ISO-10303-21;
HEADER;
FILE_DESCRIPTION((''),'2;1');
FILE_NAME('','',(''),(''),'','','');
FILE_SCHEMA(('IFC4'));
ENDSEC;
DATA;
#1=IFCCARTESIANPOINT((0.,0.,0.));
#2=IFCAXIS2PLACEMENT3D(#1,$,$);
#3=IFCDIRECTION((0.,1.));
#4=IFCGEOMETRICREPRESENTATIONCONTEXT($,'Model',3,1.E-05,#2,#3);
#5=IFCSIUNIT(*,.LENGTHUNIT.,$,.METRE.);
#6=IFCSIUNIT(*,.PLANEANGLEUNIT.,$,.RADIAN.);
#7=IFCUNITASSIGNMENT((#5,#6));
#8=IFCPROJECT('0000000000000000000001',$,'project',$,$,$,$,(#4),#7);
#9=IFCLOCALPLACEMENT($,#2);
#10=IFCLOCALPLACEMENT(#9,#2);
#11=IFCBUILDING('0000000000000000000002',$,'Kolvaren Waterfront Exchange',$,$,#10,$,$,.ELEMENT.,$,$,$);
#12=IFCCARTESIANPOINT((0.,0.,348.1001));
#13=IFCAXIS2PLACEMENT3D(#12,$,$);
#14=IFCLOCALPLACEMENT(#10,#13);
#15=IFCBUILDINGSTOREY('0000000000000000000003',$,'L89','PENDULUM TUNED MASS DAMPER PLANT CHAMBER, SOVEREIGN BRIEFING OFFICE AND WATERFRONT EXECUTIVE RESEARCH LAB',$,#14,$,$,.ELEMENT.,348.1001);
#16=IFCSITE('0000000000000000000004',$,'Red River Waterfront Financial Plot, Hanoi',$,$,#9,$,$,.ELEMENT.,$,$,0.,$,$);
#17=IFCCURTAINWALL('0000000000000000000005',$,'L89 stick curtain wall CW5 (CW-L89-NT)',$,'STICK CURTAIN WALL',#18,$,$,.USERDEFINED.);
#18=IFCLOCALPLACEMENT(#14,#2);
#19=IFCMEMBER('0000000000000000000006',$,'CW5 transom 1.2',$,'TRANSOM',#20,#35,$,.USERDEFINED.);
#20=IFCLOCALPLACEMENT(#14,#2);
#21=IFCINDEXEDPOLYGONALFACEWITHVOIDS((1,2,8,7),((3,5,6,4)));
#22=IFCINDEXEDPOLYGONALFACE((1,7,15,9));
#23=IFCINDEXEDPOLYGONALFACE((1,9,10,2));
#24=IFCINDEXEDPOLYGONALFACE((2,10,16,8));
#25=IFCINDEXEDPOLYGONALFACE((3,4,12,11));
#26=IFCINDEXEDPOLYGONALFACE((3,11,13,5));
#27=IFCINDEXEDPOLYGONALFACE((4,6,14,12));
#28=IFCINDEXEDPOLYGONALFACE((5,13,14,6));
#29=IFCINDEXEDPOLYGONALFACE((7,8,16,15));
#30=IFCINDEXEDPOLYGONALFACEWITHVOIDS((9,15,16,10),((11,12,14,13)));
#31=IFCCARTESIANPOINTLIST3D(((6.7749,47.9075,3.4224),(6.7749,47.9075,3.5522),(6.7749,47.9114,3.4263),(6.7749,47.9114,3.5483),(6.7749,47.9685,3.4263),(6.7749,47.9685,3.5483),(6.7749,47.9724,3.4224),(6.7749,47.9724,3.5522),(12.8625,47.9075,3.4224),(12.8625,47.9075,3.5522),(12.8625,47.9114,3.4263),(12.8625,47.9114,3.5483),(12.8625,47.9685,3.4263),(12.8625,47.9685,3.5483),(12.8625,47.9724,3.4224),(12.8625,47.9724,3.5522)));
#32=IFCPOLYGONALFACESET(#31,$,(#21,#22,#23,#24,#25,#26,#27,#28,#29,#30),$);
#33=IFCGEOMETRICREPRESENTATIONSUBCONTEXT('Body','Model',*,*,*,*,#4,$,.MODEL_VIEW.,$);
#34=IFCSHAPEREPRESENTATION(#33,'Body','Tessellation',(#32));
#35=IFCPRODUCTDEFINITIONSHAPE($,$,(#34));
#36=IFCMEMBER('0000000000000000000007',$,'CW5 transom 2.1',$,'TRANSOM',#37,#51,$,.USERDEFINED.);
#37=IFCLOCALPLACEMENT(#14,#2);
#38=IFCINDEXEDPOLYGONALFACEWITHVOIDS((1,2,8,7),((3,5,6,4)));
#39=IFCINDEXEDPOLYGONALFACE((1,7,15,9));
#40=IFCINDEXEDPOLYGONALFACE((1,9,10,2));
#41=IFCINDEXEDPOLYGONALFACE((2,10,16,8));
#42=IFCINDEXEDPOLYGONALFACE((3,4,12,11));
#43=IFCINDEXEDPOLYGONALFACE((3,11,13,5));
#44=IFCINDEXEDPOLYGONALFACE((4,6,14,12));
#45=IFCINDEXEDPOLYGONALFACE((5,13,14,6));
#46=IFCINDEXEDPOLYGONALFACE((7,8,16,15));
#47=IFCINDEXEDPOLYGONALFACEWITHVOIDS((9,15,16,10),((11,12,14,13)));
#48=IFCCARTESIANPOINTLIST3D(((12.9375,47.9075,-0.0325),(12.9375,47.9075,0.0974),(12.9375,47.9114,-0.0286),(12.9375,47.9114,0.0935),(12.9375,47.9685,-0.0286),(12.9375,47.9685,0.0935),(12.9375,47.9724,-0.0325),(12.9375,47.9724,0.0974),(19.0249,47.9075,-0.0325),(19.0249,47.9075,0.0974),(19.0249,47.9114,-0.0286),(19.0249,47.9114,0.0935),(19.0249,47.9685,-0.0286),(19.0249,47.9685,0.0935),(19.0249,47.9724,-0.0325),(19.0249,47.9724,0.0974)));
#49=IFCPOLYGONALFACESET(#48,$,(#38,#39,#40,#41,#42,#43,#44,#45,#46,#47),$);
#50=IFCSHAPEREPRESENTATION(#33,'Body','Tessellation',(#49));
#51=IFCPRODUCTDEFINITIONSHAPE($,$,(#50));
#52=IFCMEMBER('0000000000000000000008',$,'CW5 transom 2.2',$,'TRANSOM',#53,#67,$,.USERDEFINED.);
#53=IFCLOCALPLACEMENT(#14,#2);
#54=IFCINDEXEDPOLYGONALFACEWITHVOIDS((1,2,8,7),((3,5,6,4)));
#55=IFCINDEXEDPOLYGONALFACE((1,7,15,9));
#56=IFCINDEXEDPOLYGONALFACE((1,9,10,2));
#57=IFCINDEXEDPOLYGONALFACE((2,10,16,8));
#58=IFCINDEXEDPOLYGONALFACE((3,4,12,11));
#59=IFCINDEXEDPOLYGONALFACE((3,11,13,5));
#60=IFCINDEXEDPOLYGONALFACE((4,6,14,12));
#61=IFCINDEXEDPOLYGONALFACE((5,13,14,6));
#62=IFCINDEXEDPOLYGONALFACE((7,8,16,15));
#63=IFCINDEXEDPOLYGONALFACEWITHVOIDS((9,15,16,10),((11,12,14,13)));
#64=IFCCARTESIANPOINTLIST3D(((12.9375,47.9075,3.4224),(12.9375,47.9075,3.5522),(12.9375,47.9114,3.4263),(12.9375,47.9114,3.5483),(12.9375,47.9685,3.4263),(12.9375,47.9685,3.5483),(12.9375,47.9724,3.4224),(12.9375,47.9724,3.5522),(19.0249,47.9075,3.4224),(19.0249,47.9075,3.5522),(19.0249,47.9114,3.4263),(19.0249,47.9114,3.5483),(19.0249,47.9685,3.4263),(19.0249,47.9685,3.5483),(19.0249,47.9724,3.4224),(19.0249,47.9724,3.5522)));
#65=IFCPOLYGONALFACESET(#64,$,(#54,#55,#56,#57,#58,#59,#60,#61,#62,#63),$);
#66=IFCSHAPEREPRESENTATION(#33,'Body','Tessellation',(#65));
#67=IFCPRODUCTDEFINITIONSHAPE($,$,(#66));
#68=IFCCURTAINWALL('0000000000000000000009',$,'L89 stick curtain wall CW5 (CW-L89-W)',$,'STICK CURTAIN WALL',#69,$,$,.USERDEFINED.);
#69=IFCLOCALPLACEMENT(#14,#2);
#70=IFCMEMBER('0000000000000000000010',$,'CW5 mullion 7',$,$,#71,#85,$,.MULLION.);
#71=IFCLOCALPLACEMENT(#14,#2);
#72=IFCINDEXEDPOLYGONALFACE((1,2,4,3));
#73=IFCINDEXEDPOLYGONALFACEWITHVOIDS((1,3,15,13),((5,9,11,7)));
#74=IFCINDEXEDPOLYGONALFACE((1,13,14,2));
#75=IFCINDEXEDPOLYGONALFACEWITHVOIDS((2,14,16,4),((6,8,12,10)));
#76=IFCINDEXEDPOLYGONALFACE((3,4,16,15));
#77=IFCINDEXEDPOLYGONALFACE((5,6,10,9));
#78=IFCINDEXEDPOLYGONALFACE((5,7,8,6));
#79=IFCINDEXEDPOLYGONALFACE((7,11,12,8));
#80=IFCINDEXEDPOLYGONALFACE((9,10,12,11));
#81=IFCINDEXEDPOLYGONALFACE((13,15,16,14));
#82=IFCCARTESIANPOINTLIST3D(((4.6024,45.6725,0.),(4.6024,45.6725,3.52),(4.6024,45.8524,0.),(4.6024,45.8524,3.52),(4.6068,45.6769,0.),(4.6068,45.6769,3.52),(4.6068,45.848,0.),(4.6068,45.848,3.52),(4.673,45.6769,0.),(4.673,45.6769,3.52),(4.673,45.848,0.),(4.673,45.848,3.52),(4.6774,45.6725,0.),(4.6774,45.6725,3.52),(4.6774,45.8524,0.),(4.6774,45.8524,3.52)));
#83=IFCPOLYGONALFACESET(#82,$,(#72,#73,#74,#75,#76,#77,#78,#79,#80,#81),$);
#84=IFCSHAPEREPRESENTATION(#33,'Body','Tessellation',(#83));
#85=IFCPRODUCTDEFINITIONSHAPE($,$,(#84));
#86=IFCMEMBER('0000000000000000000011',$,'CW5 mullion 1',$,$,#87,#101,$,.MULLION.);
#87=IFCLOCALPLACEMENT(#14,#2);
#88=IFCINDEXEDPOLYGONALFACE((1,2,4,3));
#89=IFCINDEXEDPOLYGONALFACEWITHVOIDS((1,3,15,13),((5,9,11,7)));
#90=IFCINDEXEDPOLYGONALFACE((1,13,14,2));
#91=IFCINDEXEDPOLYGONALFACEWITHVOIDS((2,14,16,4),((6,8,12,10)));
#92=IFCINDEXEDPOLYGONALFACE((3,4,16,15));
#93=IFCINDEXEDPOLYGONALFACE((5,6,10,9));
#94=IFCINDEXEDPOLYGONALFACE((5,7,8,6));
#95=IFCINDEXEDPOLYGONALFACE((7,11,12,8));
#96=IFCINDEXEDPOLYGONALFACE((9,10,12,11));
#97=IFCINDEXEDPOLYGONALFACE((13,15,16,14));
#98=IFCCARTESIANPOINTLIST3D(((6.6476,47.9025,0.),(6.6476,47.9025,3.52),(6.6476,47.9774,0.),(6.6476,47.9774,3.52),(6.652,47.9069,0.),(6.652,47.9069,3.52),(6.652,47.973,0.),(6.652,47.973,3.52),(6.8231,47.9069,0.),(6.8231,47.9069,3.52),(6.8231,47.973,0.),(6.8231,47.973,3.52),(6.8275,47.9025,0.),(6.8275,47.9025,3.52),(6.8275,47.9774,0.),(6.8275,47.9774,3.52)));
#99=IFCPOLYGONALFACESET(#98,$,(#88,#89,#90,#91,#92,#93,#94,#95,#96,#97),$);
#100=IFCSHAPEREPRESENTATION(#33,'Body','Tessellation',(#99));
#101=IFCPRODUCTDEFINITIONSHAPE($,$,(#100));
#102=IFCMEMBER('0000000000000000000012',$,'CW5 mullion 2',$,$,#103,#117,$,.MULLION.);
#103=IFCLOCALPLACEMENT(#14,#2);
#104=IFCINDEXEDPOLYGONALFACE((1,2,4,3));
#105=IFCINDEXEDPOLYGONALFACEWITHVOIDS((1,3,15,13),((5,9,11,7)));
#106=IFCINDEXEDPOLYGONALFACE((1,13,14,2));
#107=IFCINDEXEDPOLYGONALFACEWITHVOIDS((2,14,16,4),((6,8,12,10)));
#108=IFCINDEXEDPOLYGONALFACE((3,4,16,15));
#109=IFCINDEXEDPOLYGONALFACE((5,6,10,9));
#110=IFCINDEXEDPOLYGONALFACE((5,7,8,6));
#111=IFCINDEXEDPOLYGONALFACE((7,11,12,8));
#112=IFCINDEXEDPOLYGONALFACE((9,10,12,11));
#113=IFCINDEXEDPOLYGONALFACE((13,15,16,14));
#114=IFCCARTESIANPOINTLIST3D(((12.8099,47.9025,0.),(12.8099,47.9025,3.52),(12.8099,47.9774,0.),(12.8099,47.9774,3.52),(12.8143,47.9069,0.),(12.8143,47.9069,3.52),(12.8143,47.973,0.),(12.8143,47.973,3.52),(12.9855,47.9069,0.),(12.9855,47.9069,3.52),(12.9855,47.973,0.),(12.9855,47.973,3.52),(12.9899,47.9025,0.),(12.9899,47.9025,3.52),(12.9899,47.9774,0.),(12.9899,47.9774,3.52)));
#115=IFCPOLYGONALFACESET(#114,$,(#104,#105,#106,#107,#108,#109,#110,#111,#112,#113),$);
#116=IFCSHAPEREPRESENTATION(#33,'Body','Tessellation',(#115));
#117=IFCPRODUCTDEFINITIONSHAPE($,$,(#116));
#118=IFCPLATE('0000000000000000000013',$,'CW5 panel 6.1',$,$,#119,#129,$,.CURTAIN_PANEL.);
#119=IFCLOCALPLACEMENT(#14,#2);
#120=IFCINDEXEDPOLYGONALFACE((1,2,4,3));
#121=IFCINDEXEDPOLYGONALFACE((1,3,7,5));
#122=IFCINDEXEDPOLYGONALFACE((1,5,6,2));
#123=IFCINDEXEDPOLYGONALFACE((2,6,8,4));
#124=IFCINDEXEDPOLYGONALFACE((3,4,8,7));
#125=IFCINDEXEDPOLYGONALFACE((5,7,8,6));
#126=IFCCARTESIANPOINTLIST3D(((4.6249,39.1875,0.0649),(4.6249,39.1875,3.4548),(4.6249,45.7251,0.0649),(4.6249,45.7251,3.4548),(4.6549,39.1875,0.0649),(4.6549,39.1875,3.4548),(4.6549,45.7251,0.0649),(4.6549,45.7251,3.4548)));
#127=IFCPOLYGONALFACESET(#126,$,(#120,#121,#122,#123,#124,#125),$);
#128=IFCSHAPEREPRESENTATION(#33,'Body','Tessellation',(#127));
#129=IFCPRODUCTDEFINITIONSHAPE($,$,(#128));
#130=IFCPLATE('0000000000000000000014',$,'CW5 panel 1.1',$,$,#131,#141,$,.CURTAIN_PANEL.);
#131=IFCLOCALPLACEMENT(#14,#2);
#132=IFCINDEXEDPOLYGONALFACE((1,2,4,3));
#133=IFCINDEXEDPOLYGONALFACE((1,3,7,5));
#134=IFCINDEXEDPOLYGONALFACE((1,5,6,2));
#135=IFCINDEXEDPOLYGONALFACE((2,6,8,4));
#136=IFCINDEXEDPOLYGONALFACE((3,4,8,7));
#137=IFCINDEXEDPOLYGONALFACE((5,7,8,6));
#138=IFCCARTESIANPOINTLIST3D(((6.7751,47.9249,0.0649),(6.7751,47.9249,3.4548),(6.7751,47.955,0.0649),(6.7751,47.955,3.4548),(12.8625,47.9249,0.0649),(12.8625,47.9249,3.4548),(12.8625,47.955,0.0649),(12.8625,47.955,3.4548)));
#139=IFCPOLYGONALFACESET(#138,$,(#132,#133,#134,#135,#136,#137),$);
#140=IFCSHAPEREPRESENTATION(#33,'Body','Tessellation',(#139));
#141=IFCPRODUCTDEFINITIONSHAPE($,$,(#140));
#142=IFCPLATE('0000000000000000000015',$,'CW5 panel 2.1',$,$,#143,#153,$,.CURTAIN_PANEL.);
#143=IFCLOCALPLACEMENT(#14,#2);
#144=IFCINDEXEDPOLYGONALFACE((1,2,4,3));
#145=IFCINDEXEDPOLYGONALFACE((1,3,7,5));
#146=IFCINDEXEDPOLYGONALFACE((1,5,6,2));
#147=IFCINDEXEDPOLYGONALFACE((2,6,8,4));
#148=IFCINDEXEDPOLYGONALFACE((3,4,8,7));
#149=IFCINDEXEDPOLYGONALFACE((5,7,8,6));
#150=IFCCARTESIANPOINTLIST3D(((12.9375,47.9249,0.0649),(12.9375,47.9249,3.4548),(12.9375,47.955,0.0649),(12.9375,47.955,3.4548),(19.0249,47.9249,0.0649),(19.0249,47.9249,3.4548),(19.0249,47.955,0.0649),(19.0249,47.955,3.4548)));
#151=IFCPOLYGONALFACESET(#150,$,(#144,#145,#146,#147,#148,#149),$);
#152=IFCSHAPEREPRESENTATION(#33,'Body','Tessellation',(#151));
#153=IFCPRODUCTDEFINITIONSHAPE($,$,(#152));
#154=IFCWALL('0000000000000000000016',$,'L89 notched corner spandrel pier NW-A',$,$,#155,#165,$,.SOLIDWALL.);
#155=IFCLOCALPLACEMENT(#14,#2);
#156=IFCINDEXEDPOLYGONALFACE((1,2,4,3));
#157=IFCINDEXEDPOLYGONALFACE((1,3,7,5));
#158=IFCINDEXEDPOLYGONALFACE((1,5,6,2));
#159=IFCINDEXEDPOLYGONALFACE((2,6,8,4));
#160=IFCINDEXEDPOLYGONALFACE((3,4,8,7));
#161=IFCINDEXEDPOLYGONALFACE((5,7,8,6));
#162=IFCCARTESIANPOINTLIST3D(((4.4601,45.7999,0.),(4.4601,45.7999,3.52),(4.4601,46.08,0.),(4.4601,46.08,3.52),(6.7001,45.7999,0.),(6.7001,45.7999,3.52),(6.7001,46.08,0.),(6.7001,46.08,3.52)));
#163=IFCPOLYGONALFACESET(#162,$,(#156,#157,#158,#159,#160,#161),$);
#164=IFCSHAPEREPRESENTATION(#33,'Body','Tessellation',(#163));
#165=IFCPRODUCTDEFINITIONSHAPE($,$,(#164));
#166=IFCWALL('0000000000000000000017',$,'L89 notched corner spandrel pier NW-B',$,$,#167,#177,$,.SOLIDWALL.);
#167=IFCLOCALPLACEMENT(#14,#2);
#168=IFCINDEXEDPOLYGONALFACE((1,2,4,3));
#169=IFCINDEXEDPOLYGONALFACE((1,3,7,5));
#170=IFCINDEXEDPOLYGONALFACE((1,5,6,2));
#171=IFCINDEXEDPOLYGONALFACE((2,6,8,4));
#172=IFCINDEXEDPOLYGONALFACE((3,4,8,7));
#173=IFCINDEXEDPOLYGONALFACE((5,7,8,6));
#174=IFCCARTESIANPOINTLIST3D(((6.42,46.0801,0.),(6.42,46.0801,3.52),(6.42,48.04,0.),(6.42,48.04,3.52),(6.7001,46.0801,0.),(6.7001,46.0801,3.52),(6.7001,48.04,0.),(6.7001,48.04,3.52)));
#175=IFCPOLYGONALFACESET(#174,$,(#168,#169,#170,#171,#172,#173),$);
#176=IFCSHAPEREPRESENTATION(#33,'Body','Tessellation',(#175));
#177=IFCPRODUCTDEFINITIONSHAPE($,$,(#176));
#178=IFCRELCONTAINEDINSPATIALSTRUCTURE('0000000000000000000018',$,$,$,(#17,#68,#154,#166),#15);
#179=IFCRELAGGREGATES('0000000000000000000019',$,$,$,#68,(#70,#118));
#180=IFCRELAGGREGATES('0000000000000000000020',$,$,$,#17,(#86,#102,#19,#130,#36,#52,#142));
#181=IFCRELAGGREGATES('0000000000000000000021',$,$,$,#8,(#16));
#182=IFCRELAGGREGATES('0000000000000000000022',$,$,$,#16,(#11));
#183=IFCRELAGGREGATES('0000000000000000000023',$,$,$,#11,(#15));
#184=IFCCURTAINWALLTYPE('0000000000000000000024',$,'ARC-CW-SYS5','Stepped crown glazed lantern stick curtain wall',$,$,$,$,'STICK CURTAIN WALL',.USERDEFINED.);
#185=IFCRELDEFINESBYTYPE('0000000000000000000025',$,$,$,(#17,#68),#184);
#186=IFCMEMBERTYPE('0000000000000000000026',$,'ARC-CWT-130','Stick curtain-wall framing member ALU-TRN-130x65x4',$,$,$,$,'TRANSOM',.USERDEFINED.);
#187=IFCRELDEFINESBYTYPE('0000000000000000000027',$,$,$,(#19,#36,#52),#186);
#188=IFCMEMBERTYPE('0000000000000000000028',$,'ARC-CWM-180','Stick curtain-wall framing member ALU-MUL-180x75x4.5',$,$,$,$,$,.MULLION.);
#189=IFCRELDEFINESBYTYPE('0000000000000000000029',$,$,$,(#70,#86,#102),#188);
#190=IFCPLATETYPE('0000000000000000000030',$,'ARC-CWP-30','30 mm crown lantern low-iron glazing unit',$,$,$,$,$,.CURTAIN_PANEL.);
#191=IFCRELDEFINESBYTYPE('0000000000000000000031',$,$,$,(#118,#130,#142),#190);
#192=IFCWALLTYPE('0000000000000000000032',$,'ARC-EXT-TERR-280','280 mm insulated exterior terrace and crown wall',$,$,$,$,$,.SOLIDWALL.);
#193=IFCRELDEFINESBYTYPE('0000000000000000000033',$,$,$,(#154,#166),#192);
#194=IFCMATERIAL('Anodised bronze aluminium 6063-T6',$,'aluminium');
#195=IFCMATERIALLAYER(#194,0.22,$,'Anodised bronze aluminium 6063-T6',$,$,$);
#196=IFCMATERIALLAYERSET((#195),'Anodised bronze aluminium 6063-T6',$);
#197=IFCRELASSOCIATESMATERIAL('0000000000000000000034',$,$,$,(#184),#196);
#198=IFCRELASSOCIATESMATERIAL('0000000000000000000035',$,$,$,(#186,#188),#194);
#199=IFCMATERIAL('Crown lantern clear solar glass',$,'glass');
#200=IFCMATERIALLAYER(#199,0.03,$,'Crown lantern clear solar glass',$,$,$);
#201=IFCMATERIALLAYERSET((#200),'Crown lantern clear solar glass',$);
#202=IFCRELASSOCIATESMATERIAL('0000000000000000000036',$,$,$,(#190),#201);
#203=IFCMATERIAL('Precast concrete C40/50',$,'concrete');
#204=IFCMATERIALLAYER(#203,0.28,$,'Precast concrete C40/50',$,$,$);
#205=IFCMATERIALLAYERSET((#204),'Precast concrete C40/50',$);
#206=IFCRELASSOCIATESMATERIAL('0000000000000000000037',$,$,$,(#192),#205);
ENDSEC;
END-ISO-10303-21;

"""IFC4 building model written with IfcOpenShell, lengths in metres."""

from ifc_helpers import new_model, si_unit, direction, frame, frame_2d, origin, origin_with_axes, origin_2d, place, context, subcontext, project, spatial, rectangle, hollow_rectangle, extrude, source, transform, mapped, material, layer, layer_set, material_profile, profile_set, type_object, element, aggregate, save


model = new_model("IFC4")

# Units and contexts
model_context = context("Model", 3, precision=1e-05, world=origin(), true_north=direction((0.0, 1.0)))
body_context = subcontext(model_context, "Body", "Model", "MODEL_VIEW")
ifc_project = project(units=[si_unit("LENGTHUNIT", "METRE"), si_unit("PLANEANGLEUNIT", "RADIAN")], contexts=[model_context])

# Site, building, storey
site_placement = place(None, origin())
site = spatial("IfcSite", under=ifc_project, at=site_placement, Name="Red River Waterfront Financial Plot, Hanoi", CompositionType="ELEMENT", RefElevation=0.0)
building_placement = place(site_placement, origin())
building = spatial("IfcBuilding", under=site, at=building_placement, Name="Kolvaren Waterfront Exchange", CompositionType="ELEMENT")
storey_placement = place(building_placement, frame((0.0, 0.0, 348.1001)))
storey = spatial("IfcBuildingStorey", under=building, at=storey_placement, Name="L89", Description="PENDULUM TUNED MASS DAMPER PLANT CHAMBER, SOVEREIGN BRIEFING OFFICE AND WATERFRONT EXECUTIVE RESEARCH LAB", CompositionType="ELEMENT", Elevation=348.1001)

# Curtain wall, members
ifc_material_1 = material(Name="Anodised bronze aluminium 6063-T6", Category="aluminium")
ifc_layer_1 = layer(ifc_material_1, 0.22, Name="Anodised bronze aluminium 6063-T6")
ifc_layer_set_1 = layer_set([ifc_layer_1], Name="Anodised bronze aluminium 6063-T6")
curtain_wall_type = type_object("IfcCurtainWallType", Name="ARC-CW-SYS5", Description="Stepped crown glazed lantern stick curtain wall", ElementType="STICK CURTAIN WALL", PredefinedType="USERDEFINED", material=ifc_layer_set_1)
curtain_wall_1_placement = place(storey_placement, origin())
curtain_wall_1 = element("IfcCurtainWall", 1, at=curtain_wall_1_placement, inside=storey, type_object=curtain_wall_type, Name="L89 stick curtain wall CW5 (CW-L89-NT)", ObjectType="STICK CURTAIN WALL", PredefinedType="USERDEFINED")
ifc_material_profile_1 = material_profile(ifc_material_1, hollow_rectangle(XDim=0.0649, YDim=0.1299, WallThickness=0.0039, at=origin_2d()), Name="ALU-TRN-130x65x4")
ifc_profile_set_1 = profile_set([ifc_material_profile_1], Name="Anodised bronze aluminium 6063-T6")
member_type_1 = type_object("IfcMemberType", Name="ARC-CWT-130", Description="Stick curtain-wall framing member ALU-TRN-130x65x4", ElementType="TRANSOM", PredefinedType="USERDEFINED", material=ifc_profile_set_1)
shared_shape_1 = source(origin_with_axes(), body_context, "Body", "SweptSolid", [
    extrude(hollow_rectangle(XDim=0.0649, YDim=0.1299, WallThickness=0.0039, at=origin_2d()), origin(), (0.0, 0.0, 1.0), 6.0876),
])
member_1_placement = place(storey_placement, frame((6.7749, 47.9399, 3.4873), z_axis=(1.0, 0.0, 0.0), x_axis=(0.0, 1.0, 0.0)))
member_1 = element("IfcMember", 2, at=member_1_placement, type_object=member_type_1, Name="CW5 transom 1.2", ObjectType="TRANSOM", PredefinedType="USERDEFINED", context=body_context, shape_type="MappedRepresentation", body=[
    mapped(shared_shape_1, transform((0.0, 0.0, 0.0), x_axis=(1.0, 0.0, 0.0), y_axis=(0.0, 1.0, 0.0), z_axis=(0.0, 0.0, 1.0), scale=1.0)),
])
shared_shape_2 = source(origin_with_axes(), body_context, "Body", "SweptSolid", [
    extrude(hollow_rectangle(XDim=0.0649, YDim=0.1299, WallThickness=0.0039, at=origin_2d()), origin(), (0.0, 0.0, 1.0), 6.0874),
])
member_2_placement = place(storey_placement, frame((12.9375, 47.9399, 0.0325), z_axis=(1.0, 0.0, 0.0), x_axis=(0.0, 1.0, 0.0)))
member_2 = element("IfcMember", 3, at=member_2_placement, type_object=member_type_1, Name="CW5 transom 2.1", ObjectType="TRANSOM", PredefinedType="USERDEFINED", context=body_context, shape_type="MappedRepresentation", body=[
    mapped(shared_shape_2, transform((0.0, 0.0, 0.0), x_axis=(1.0, 0.0, 0.0), y_axis=(0.0, 1.0, 0.0), z_axis=(0.0, 0.0, 1.0), scale=1.0)),
])
member_3_placement = place(storey_placement, frame((12.9375, 47.9399, 3.4873), z_axis=(1.0, 0.0, 0.0), x_axis=(0.0, 1.0, 0.0)))
member_3 = element("IfcMember", 4, at=member_3_placement, type_object=member_type_1, Name="CW5 transom 2.2", ObjectType="TRANSOM", PredefinedType="USERDEFINED", context=body_context, shape_type="MappedRepresentation", body=[
    mapped(shared_shape_2, transform((0.0, 0.0, 0.0), x_axis=(1.0, 0.0, 0.0), y_axis=(0.0, 1.0, 0.0), z_axis=(0.0, 0.0, 1.0), scale=1.0)),
])

# Curtain wall, member
curtain_wall_2_placement = place(storey_placement, origin())
curtain_wall_2 = element("IfcCurtainWall", 5, at=curtain_wall_2_placement, inside=storey, type_object=curtain_wall_type, Name="L89 stick curtain wall CW5 (CW-L89-W)", ObjectType="STICK CURTAIN WALL", PredefinedType="USERDEFINED")
ifc_material_profile_2 = material_profile(ifc_material_1, hollow_rectangle(XDim=0.075, YDim=0.1799, WallThickness=0.0044, at=origin_2d()), Name="ALU-MUL-180x75x4.5")
ifc_profile_set_2 = profile_set([ifc_material_profile_2], Name="Anodised bronze aluminium 6063-T6")
member_type_2 = type_object("IfcMemberType", Name="ARC-CWM-180", Description="Stick curtain-wall framing member ALU-MUL-180x75x4.5", PredefinedType="MULLION", material=ifc_profile_set_2)
shared_shape_3 = source(origin_with_axes(), body_context, "Body", "SweptSolid", [
    extrude(hollow_rectangle(XDim=0.075, YDim=0.1799, WallThickness=0.0044, at=origin_2d()), origin(), (0.0, 0.0, 1.0), 3.52),
])
member_4_placement = place(storey_placement, frame((4.6399, 45.7625, 0.0), z_axis=(0.0, 0.0, 1.0), x_axis=(-1.0, 0.0, 0.0)))
member_4 = element("IfcMember", 6, at=member_4_placement, type_object=member_type_2, Name="CW5 mullion 7", PredefinedType="MULLION", context=body_context, shape_type="MappedRepresentation", body=[
    mapped(shared_shape_3, transform((0.0, 0.0, 0.0), x_axis=(1.0, 0.0, 0.0), y_axis=(0.0, 1.0, 0.0), z_axis=(0.0, 0.0, 1.0), scale=1.0)),
])

# Members
member_5_placement = place(storey_placement, frame((6.7375, 47.9399, 0.0), z_axis=(0.0, 0.0, 1.0), x_axis=(0.0, 1.0, 0.0)))
member_5 = element("IfcMember", 7, at=member_5_placement, type_object=member_type_2, Name="CW5 mullion 1", PredefinedType="MULLION", context=body_context, shape_type="MappedRepresentation", body=[
    mapped(shared_shape_3, transform((0.0, 0.0, 0.0), x_axis=(1.0, 0.0, 0.0), y_axis=(0.0, 1.0, 0.0), z_axis=(0.0, 0.0, 1.0), scale=1.0)),
])
member_6_placement = place(storey_placement, frame((12.8999, 47.9399, 0.0), z_axis=(0.0, 0.0, 1.0), x_axis=(0.0, 1.0, 0.0)))
member_6 = element("IfcMember", 8, at=member_6_placement, type_object=member_type_2, Name="CW5 mullion 2", PredefinedType="MULLION", context=body_context, shape_type="MappedRepresentation", body=[
    mapped(shared_shape_3, transform((0.0, 0.0, 0.0), x_axis=(1.0, 0.0, 0.0), y_axis=(0.0, 1.0, 0.0), z_axis=(0.0, 0.0, 1.0), scale=1.0)),
])

# Plates
ifc_material_2 = material(Name="Crown lantern clear solar glass", Category="glass")
ifc_layer_2 = layer(ifc_material_2, 0.03, Name="Crown lantern clear solar glass")
ifc_layer_set_2 = layer_set([ifc_layer_2], Name="Crown lantern clear solar glass")
plate_type = type_object("IfcPlateType", Name="ARC-CWP-30", Description="30 mm crown lantern low-iron glazing unit", PredefinedType="CURTAIN_PANEL", material=ifc_layer_set_2)
shared_shape_4 = source(origin_with_axes(), body_context, "Body", "SweptSolid", [
    extrude(rectangle(XDim=6.5376, YDim=0.03, at=origin_2d()), origin(), (0.0, 0.0, 1.0), 3.3899),
])
plate_1_placement = place(storey_placement, frame((4.6399, 42.4563, 0.0649), z_axis=(0.0, 0.0, 1.0), x_axis=(0.0, 1.0, 0.0)))
plate_1 = element("IfcPlate", 9, at=plate_1_placement, type_object=plate_type, Name="CW5 panel 6.1", PredefinedType="CURTAIN_PANEL", context=body_context, shape_type="MappedRepresentation", body=[
    mapped(shared_shape_4, transform((0.0, 0.0, 0.0), x_axis=(1.0, 0.0, 0.0), y_axis=(0.0, 1.0, 0.0), z_axis=(0.0, 0.0, 1.0), scale=1.0)),
])
aggregate(curtain_wall_2, [member_4, plate_1])
shared_shape_5 = source(origin_with_axes(), body_context, "Body", "SweptSolid", [
    extrude(rectangle(XDim=6.0874, YDim=0.03, at=origin_2d()), origin(), (0.0, 0.0, 1.0), 3.3899),
])
plate_2_placement = place(storey_placement, frame((9.8188, 47.9399, 0.0649), z_axis=(0.0, 0.0, 1.0), x_axis=(1.0, 0.0, 0.0)))
plate_2 = element("IfcPlate", 10, at=plate_2_placement, type_object=plate_type, Name="CW5 panel 1.1", PredefinedType="CURTAIN_PANEL", context=body_context, shape_type="MappedRepresentation", body=[
    mapped(shared_shape_5, transform((0.0, 0.0, 0.0), x_axis=(1.0, 0.0, 0.0), y_axis=(0.0, 1.0, 0.0), z_axis=(0.0, 0.0, 1.0), scale=1.0)),
])
plate_3_placement = place(storey_placement, frame((15.9812, 47.9399, 0.0649), z_axis=(0.0, 0.0, 1.0), x_axis=(1.0, 0.0, 0.0)))
plate_3 = element("IfcPlate", 11, at=plate_3_placement, type_object=plate_type, Name="CW5 panel 2.1", PredefinedType="CURTAIN_PANEL", context=body_context, shape_type="MappedRepresentation", body=[
    mapped(shared_shape_5, transform((0.0, 0.0, 0.0), x_axis=(1.0, 0.0, 0.0), y_axis=(0.0, 1.0, 0.0), z_axis=(0.0, 0.0, 1.0), scale=1.0)),
])
aggregate(curtain_wall_1, [member_5, member_6, member_1, plate_2, member_2, member_3, plate_3])

# Walls
ifc_material_3 = material(Name="Precast concrete C40/50", Category="concrete")
ifc_layer_3 = layer(ifc_material_3, 0.28, Name="Precast concrete C40/50")
ifc_layer_set_3 = layer_set([ifc_layer_3], Name="Precast concrete C40/50")
wall_type_1 = type_object("IfcWallType", Name="ARC-EXT-TERR-280", Description="280 mm insulated exterior terrace and crown wall", PredefinedType="SOLIDWALL", material=ifc_layer_set_3)
wall_1_placement = place(storey_placement, frame((4.46, 45.9399, 0.0), z_axis=(0.0, 0.0, 1.0), x_axis=(1.0, 0.0, 0.0)))
element("IfcWall", 12, at=wall_1_placement, inside=storey, type_object=wall_type_1, Name="L89 notched corner spandrel pier NW-A", PredefinedType="SOLIDWALL", context=body_context, shape_type="SweptSolid", body=[
    extrude(rectangle(XDim=2.24, YDim=0.28, at=frame_2d((1.1201, 0.0))), origin(), (0.0, 0.0, 1.0), 3.52),
])
wall_2_placement = place(storey_placement, frame((6.5601, 46.0801, 0.0), z_axis=(0.0, 0.0, 1.0), x_axis=(0.0, 1.0, 0.0)))
element("IfcWall", 13, at=wall_2_placement, inside=storey, type_object=wall_type_1, Name="L89 notched corner spandrel pier NW-B", PredefinedType="SOLIDWALL", context=body_context, shape_type="SweptSolid", body=[
    extrude(rectangle(XDim=1.96, YDim=0.28, at=frame_2d((0.98, 0.0))), origin(), (0.0, 0.0, 1.0), 3.52),
])

save(model, "model.ifc")
